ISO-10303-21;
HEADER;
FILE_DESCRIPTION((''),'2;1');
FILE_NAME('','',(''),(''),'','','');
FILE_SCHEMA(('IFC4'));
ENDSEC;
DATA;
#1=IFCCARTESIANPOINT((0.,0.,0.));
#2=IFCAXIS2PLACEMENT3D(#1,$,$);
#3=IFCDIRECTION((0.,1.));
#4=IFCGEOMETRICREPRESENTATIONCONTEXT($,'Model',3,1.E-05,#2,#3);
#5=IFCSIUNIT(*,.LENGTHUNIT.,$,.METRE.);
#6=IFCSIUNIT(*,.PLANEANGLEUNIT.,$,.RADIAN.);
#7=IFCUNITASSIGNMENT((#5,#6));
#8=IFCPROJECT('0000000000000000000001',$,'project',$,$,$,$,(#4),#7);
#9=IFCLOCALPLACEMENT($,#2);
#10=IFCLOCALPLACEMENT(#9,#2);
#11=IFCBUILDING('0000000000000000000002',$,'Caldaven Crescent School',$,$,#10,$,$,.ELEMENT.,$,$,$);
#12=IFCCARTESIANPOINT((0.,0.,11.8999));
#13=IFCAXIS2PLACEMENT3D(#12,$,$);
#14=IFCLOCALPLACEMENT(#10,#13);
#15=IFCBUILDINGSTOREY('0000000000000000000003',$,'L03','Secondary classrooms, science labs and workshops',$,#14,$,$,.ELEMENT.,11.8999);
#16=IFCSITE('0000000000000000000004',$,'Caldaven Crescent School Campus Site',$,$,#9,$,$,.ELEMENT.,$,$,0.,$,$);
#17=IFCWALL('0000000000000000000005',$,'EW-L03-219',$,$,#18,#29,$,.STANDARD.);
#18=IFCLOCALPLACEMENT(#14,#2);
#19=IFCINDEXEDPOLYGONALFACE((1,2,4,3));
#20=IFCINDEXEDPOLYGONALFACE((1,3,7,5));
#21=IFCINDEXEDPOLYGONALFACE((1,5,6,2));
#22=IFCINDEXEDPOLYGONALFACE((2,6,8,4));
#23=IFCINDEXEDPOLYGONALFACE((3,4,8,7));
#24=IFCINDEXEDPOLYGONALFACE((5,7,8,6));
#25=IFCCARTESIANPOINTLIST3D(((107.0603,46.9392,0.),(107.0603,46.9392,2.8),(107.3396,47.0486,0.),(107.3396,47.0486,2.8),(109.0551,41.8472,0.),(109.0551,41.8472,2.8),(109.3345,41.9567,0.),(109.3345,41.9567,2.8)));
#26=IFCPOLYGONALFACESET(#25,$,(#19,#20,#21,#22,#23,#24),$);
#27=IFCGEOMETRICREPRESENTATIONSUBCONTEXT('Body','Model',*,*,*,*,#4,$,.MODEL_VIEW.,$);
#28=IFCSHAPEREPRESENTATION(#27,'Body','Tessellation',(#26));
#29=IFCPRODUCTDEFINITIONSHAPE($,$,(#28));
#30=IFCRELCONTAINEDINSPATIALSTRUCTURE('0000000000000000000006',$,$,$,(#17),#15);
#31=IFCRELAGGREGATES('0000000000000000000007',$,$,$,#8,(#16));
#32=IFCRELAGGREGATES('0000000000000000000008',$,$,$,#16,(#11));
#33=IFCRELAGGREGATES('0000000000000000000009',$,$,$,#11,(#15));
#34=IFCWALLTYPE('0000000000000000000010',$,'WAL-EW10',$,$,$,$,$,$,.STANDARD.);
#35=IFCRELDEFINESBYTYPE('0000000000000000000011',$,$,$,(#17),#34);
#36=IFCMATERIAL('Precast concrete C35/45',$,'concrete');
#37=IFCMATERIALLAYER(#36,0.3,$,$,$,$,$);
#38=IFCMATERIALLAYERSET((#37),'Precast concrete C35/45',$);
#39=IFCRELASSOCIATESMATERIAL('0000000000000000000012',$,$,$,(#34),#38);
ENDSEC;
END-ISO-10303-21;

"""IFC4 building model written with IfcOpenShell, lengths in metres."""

from ifc_helpers import new_model, si_unit, direction, frame, frame_2d, origin, place, context, subcontext, project, spatial, rectangle, extrude, material, layer, layer_set, type_object, element, save


model = new_model("IFC4")

# Units and contexts
model_context = context("Model", 3, precision=1e-05, world=origin(), true_north=direction((0.0, 1.0)))
body_context = subcontext(model_context, "Body", "Model", "MODEL_VIEW")
ifc_project = project(units=[si_unit("LENGTHUNIT", "METRE"), si_unit("PLANEANGLEUNIT", "RADIAN")], contexts=[model_context])

# Site, building, storey
site_placement = place(None, origin())
site = spatial("IfcSite", under=ifc_project, at=site_placement, Name="Caldaven Crescent School Campus Site", CompositionType="ELEMENT", RefElevation=0.0)
building_placement = place(site_placement, origin())
building = spatial("IfcBuilding", under=site, at=building_placement, Name="Caldaven Crescent School", CompositionType="ELEMENT")
storey_placement = place(building_placement, frame((0.0, 0.0, 11.8999)))
storey = spatial("IfcBuildingStorey", under=building, at=storey_placement, Name="L03", Description="Secondary classrooms, science labs and workshops", CompositionType="ELEMENT", Elevation=11.8999)

# Wall
ifc_material_1 = material(Name="Precast concrete C35/45", Category="concrete")
ifc_layer_1 = layer(ifc_material_1, 0.3)
ifc_layer_set_1 = layer_set([ifc_layer_1], Name="Precast concrete C35/45")
wall_type_1 = type_object("IfcWallType", Name="WAL-EW10", PredefinedType="STANDARD", material=ifc_layer_set_1)
wall_1_placement = place(storey_placement, frame((107.2, 46.9939, 0.0), z_axis=(0.0, 0.0, 1.0), x_axis=(0.36477, -0.931098, 0.0)))
element("IfcWall", 1, at=wall_1_placement, inside=storey, type_object=wall_type_1, Name="EW-L03-219", PredefinedType="STANDARD", context=body_context, shape_type="SweptSolid", body=[
    extrude(rectangle(XDim=5.4688, YDim=0.3, at=frame_2d((2.7344, 0.0))), origin(), (0.0, 0.0, 1.0), 2.8),
])

save(model, "model.ifc")
